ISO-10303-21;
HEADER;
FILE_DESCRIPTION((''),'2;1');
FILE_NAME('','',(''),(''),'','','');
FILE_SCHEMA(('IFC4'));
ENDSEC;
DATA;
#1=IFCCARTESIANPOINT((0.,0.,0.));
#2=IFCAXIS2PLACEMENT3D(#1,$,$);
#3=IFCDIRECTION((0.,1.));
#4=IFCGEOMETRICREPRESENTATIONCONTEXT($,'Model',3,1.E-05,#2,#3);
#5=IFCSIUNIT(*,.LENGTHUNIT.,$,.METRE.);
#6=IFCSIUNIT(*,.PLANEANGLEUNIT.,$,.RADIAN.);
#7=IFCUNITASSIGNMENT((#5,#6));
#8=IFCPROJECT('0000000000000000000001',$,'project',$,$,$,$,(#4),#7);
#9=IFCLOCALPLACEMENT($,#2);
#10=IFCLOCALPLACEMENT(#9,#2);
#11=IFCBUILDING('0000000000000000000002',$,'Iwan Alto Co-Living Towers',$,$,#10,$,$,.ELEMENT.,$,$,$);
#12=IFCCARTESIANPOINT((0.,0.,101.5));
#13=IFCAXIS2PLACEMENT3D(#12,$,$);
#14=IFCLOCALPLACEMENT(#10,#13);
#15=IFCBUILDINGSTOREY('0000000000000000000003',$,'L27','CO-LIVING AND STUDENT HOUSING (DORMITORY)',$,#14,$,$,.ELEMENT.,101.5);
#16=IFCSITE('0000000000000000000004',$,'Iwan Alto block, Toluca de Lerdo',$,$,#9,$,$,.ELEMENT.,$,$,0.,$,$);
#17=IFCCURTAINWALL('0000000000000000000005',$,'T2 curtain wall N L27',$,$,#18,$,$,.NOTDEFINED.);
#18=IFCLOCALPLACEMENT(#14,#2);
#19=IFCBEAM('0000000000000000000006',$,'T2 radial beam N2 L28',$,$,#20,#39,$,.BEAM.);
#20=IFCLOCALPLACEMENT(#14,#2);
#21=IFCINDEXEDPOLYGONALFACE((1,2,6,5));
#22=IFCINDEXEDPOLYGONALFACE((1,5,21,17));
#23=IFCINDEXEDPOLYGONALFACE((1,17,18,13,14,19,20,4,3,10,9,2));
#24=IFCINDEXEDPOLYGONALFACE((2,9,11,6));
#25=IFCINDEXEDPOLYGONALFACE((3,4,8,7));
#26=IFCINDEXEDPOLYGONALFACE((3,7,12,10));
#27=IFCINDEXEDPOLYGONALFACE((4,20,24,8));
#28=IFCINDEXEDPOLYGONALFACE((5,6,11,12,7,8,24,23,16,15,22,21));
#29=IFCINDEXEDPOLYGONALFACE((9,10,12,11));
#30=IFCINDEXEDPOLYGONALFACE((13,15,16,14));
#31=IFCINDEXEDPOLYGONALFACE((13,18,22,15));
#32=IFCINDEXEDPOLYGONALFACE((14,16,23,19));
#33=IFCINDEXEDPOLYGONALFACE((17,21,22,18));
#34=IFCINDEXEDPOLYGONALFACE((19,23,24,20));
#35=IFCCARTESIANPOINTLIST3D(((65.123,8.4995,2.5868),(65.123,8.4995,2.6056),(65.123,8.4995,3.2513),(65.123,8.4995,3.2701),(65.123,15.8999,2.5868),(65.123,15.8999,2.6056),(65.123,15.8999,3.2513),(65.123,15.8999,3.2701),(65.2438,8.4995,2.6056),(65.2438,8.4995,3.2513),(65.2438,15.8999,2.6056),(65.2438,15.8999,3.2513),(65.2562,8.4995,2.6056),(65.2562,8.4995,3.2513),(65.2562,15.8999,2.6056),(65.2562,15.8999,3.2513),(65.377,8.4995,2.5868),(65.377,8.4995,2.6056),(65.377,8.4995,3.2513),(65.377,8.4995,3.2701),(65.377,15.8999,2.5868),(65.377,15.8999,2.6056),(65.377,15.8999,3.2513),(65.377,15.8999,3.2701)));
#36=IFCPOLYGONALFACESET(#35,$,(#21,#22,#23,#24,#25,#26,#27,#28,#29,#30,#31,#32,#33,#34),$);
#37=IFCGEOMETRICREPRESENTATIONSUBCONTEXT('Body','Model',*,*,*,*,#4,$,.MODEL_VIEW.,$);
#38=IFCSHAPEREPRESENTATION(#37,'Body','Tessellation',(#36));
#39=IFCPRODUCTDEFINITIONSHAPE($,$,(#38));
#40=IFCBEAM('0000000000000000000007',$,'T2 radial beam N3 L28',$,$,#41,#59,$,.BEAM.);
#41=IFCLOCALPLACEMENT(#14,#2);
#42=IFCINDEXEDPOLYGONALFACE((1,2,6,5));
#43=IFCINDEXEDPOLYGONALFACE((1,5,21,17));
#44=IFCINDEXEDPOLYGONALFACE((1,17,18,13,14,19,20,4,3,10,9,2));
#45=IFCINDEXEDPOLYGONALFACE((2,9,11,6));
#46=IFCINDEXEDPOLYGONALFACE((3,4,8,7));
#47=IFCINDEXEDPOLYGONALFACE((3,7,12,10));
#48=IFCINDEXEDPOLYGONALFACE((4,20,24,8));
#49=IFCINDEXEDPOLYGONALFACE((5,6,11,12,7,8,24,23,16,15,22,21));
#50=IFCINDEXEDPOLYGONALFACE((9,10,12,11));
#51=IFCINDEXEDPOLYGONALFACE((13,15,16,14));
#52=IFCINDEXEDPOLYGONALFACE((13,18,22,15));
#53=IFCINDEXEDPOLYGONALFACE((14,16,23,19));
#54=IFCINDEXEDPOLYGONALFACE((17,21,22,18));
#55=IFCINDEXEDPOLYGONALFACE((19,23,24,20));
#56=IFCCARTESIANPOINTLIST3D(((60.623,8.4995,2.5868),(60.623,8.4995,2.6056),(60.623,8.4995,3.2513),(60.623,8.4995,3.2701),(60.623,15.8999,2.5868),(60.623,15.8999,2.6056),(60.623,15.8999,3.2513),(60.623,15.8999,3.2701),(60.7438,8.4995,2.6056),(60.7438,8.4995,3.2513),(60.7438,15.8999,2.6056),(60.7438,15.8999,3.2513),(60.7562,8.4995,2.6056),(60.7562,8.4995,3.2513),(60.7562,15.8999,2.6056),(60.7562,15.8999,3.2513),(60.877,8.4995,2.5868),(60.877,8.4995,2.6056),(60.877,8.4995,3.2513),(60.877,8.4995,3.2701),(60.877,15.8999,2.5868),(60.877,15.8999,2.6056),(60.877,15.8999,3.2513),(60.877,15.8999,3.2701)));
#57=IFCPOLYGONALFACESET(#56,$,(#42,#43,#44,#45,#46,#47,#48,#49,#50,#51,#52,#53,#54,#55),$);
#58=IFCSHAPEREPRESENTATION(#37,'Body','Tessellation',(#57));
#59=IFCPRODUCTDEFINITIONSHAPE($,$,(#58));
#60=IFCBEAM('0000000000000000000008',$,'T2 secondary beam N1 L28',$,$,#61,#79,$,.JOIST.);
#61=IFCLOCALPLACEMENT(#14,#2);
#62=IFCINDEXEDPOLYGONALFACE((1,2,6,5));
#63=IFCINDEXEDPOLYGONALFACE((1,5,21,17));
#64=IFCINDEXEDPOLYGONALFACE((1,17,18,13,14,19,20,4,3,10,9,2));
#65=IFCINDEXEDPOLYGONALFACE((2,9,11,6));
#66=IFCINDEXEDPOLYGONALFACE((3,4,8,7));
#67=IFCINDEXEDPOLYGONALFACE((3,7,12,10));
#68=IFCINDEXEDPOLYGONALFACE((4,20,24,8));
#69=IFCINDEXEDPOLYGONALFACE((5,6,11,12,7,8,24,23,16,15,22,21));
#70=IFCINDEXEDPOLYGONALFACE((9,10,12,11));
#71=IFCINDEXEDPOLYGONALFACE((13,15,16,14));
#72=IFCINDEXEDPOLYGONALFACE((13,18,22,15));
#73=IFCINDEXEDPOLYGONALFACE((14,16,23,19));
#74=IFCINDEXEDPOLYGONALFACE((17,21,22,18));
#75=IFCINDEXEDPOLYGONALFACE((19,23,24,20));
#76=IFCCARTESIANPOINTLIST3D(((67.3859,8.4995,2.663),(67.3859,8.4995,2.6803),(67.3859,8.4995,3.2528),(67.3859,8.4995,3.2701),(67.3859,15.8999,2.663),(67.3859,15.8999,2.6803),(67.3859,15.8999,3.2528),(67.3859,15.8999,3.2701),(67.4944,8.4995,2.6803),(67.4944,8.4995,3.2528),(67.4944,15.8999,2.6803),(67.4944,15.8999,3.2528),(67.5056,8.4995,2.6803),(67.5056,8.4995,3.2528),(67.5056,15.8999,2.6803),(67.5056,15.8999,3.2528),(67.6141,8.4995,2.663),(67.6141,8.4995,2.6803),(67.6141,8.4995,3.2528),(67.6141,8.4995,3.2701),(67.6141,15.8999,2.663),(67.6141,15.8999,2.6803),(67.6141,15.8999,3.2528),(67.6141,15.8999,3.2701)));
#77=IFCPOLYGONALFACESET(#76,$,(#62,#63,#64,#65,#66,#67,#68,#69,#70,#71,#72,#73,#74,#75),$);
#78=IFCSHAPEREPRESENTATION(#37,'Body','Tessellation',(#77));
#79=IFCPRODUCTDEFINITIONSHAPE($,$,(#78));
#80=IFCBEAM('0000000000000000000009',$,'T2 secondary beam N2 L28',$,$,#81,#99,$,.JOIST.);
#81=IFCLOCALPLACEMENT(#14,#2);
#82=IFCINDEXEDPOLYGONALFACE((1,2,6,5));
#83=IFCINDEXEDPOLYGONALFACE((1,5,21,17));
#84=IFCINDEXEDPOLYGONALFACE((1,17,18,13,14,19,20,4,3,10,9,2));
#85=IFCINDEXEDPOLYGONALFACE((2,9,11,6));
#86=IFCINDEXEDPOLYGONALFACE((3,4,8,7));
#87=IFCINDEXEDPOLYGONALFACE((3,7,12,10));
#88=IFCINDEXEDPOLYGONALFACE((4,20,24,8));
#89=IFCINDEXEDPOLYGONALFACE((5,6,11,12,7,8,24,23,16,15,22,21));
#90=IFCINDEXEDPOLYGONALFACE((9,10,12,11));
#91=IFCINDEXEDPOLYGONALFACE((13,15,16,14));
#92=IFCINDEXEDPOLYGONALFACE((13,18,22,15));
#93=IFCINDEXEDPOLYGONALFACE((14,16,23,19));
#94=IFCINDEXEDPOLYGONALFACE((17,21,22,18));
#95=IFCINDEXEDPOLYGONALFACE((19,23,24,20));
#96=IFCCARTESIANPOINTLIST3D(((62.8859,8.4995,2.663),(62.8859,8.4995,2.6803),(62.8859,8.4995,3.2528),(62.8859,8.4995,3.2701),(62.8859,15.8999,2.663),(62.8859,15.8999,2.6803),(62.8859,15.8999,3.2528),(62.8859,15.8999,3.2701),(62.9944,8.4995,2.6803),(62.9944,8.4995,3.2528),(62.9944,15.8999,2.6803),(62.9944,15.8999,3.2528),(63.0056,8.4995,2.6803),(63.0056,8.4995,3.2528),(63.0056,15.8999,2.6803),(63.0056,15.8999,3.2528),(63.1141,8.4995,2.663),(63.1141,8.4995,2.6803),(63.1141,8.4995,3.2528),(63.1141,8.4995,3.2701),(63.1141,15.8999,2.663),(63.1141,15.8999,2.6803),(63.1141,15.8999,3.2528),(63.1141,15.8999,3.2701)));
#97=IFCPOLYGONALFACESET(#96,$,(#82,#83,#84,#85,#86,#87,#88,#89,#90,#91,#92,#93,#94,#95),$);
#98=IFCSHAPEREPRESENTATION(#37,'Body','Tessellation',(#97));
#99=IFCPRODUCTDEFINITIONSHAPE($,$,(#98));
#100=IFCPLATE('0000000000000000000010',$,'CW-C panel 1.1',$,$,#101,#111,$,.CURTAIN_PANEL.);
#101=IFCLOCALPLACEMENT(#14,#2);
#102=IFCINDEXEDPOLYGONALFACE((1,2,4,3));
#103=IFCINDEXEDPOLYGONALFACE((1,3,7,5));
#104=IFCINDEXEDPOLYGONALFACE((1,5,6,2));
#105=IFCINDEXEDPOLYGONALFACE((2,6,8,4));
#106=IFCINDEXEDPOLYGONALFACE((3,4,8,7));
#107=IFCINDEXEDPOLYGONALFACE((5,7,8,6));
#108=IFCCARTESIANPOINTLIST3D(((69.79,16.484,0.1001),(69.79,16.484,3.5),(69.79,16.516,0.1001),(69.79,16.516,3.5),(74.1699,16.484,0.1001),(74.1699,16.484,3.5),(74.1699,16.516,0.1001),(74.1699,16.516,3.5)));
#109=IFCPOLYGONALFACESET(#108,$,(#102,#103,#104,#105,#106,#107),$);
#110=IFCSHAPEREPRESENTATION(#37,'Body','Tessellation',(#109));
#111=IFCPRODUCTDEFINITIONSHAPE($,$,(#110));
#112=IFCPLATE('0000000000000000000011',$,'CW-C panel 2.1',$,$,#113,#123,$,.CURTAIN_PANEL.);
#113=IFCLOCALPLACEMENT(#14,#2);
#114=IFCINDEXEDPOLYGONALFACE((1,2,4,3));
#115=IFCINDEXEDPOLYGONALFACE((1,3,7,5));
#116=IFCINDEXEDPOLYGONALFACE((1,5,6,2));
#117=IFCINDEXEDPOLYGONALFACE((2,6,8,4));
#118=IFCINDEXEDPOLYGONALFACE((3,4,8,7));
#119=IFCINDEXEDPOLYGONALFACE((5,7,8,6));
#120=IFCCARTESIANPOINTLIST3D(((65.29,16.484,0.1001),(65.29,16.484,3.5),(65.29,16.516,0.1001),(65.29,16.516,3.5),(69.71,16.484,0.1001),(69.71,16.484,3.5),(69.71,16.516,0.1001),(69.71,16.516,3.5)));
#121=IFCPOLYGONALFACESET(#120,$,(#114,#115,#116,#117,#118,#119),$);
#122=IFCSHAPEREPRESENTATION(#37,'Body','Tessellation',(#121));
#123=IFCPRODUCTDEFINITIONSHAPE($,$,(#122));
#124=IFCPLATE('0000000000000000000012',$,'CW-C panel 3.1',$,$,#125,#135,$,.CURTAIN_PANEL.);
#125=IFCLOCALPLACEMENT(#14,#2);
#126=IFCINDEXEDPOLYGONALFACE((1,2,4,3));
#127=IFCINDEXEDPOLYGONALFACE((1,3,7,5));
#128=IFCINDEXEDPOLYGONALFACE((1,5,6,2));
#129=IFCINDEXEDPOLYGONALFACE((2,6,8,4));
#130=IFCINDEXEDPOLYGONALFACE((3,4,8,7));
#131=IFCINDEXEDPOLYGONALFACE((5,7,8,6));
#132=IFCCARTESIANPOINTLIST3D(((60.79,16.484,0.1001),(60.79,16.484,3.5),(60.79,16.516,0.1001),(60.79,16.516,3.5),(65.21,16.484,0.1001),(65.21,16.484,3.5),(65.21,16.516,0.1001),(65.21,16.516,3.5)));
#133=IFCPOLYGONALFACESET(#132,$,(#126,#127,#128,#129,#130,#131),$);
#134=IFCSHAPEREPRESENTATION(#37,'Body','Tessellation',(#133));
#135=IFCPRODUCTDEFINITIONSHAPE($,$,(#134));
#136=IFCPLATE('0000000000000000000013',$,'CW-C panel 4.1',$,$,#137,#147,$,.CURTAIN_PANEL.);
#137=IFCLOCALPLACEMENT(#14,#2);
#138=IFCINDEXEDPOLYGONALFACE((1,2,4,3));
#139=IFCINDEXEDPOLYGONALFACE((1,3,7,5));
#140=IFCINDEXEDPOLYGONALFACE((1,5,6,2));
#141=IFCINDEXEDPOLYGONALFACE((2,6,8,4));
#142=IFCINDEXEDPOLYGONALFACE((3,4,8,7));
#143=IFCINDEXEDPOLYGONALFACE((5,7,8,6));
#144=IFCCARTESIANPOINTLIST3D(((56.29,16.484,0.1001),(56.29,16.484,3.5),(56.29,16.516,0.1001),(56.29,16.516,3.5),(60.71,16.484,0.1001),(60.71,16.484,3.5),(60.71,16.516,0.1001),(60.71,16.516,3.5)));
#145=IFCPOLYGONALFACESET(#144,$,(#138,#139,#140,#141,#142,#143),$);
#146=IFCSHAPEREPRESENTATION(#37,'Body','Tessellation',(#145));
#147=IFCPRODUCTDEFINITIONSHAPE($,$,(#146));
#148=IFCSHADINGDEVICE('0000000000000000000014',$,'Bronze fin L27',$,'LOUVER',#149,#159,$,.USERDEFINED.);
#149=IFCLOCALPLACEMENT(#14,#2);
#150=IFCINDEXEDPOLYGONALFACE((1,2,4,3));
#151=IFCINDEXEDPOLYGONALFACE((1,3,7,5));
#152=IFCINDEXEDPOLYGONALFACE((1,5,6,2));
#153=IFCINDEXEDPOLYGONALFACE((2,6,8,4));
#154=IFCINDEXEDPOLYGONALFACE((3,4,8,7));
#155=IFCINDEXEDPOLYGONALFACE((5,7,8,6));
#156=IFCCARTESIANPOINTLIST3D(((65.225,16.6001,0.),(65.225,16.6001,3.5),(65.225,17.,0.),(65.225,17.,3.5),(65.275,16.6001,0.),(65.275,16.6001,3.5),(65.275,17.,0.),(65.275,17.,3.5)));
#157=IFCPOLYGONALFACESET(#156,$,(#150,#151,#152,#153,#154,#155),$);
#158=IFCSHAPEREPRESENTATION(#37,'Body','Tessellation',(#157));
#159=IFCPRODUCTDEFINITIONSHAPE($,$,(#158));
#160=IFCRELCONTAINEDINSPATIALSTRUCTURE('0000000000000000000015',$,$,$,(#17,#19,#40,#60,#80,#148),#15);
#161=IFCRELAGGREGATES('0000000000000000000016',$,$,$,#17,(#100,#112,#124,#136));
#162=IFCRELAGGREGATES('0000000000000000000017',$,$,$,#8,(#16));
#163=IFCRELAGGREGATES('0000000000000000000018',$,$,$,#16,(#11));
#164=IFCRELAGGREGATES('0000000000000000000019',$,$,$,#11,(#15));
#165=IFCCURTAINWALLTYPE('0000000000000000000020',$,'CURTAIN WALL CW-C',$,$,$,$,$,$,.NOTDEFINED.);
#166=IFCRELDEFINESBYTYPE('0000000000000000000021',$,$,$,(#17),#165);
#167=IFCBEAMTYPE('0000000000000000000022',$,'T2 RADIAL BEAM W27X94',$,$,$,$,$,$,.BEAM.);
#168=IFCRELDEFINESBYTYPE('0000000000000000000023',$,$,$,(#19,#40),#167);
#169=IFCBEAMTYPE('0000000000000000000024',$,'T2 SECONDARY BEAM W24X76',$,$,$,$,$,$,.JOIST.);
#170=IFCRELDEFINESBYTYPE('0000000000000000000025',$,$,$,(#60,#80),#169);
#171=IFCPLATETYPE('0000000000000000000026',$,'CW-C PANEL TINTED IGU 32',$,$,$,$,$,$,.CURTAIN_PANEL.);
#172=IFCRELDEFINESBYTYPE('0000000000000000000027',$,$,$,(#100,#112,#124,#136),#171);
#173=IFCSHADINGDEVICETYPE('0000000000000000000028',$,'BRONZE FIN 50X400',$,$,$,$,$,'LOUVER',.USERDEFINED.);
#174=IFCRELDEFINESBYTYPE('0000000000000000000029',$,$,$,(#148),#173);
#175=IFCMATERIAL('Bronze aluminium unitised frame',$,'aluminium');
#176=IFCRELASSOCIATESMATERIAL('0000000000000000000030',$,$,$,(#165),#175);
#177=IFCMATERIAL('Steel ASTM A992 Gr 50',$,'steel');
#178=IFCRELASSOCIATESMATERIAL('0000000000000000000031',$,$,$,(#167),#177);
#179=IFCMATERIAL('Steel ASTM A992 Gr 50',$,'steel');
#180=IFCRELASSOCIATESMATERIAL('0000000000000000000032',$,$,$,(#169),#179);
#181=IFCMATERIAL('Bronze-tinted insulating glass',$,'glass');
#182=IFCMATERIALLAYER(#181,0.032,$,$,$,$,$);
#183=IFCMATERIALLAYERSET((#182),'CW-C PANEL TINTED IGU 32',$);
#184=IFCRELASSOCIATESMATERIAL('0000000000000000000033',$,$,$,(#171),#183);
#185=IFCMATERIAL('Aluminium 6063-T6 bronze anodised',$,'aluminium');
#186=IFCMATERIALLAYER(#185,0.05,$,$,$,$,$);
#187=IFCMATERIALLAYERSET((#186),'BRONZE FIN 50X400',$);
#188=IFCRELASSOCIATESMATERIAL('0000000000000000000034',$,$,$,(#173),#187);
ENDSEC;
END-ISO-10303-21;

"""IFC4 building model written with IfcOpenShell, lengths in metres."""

from ifc_helpers import new_model, si_unit, direction, frame, origin, origin_2d, place, context, subcontext, project, spatial, rectangle, i_section, extrude, material, layer, layer_set, material_profile, profile_set, type_object, element, aggregate, save


model = new_model("IFC4")

# Units and contexts
model_context = context("Model", 3, precision=1e-05, world=origin(), true_north=direction((0.0, 1.0)))
body_context = subcontext(model_context, "Body", "Model", "MODEL_VIEW")
ifc_project = project(units=[si_unit("LENGTHUNIT", "METRE"), si_unit("PLANEANGLEUNIT", "RADIAN")], contexts=[model_context])

# Site, building, storey
site_placement = place(None, origin())
site = spatial("IfcSite", under=ifc_project, at=site_placement, Name="Iwan Alto block, Toluca de Lerdo", CompositionType="ELEMENT", RefElevation=0.0)
building_placement = place(site_placement, origin())
building = spatial("IfcBuilding", under=site, at=building_placement, Name="Iwan Alto Co-Living Towers", CompositionType="ELEMENT")
storey_placement = place(building_placement, frame((0.0, 0.0, 101.5)))
storey = spatial("IfcBuildingStorey", under=building, at=storey_placement, Name="L27", Description="CO-LIVING AND STUDENT HOUSING (DORMITORY)", CompositionType="ELEMENT", Elevation=101.5)

# Curtain wall
ifc_material_1 = material(Name="Bronze aluminium unitised frame", Category="aluminium")
curtain_wall_type = type_object("IfcCurtainWallType", Name="CURTAIN WALL CW-C", PredefinedType="NOTDEFINED", material=ifc_material_1)
curtain_wall_placement = place(storey_placement, origin())
curtain_wall = element("IfcCurtainWall", 1, at=curtain_wall_placement, inside=storey, type_object=curtain_wall_type, Name="T2 curtain wall N L27", PredefinedType="NOTDEFINED")

# Beams
ifc_material_2 = material(Name="Steel ASTM A992 Gr 50", Category="steel")
ifc_material_profile_1 = material_profile(ifc_material_2, i_section(OverallWidth=0.2539, OverallDepth=0.6833, WebThickness=0.0125, FlangeThickness=0.0188, at=origin_2d()), Name="W27X94")
ifc_profile_set_1 = profile_set([ifc_material_profile_1], Name="Steel ASTM A992 Gr 50")
beam_type_1 = type_object("IfcBeamType", Name="T2 RADIAL BEAM W27X94", PredefinedType="BEAM", material=ifc_profile_set_1)
for number, where, z_axis, x_axis, name in (
    (2, (65.25, 15.8999, 2.9285), (0.0, -1.0, 0.0), (1.0, 0.0, 0.0), "T2 radial beam N2 L28"),
    (3, (60.75, 15.8999, 2.9285), (0.0, -1.0, 0.0), (1.0, 0.0, 0.0), "T2 radial beam N3 L28"),
):
    element("IfcBeam", number, at=place(storey_placement, frame(where, z_axis=z_axis, x_axis=x_axis)), inside=storey, type_object=beam_type_1, Name=name, PredefinedType="BEAM", context=body_context, shape_type="SweptSolid", body=[
        extrude(i_section(OverallWidth=0.2539, OverallDepth=0.6833, WebThickness=0.0125, FlangeThickness=0.0188, at=origin_2d()), origin(), (0.0, 0.0, 1.0), 7.4004),
    ])
ifc_material_3 = material(Name="Steel ASTM A992 Gr 50", Category="steel")
ifc_material_profile_2 = material_profile(ifc_material_3, i_section(OverallWidth=0.2283, OverallDepth=0.6072, WebThickness=0.0112, FlangeThickness=0.0173, at=origin_2d()), Name="W24X76")
ifc_profile_set_2 = profile_set([ifc_material_profile_2], Name="Steel ASTM A992 Gr 50")
beam_type_2 = type_object("IfcBeamType", Name="T2 SECONDARY BEAM W24X76", PredefinedType="JOIST", material=ifc_profile_set_2)
for number, where, z_axis, x_axis, name in (
    (4, (67.5, 15.8999, 2.9666), (0.0, -1.0, 0.0), (1.0, 0.0, 0.0), "T2 secondary beam N1 L28"),
    (5, (63.0, 15.8999, 2.9666), (0.0, -1.0, 0.0), (1.0, 0.0, 0.0), "T2 secondary beam N2 L28"),
):
    element("IfcBeam", number, at=place(storey_placement, frame(where, z_axis=z_axis, x_axis=x_axis)), inside=storey, type_object=beam_type_2, Name=name, PredefinedType="JOIST", context=body_context, shape_type="SweptSolid", body=[
        extrude(i_section(OverallWidth=0.2283, OverallDepth=0.6072, WebThickness=0.0112, FlangeThickness=0.0173, at=origin_2d()), origin(), (0.0, 0.0, 1.0), 7.4004),
    ])

# Plates
ifc_material_4 = material(Name="Bronze-tinted insulating glass", Category="glass")
ifc_layer_1 = layer(ifc_material_4, 0.032)
ifc_layer_set_1 = layer_set([ifc_layer_1], Name="CW-C PANEL TINTED IGU 32")
plate_type = type_object("IfcPlateType", Name="CW-C PANEL TINTED IGU 32", PredefinedType="CURTAIN_PANEL", material=ifc_layer_set_1)
plate_1_placement = place(storey_placement, frame((71.98, 16.5, 0.1001), z_axis=(0.0, 0.0, 1.0), x_axis=(-1.0, 0.0, 0.0)))
plate_1 = element("IfcPlate", 6, at=plate_1_placement, type_object=plate_type, Name="CW-C panel 1.1", PredefinedType="CURTAIN_PANEL", context=body_context, shape_type="SweptSolid", body=[
    extrude(rectangle(XDim=4.3799, YDim=0.032, at=origin_2d()), origin(), (0.0, 0.0, 1.0), 3.3999),
])
plate_2_placement = place(storey_placement, frame((67.5, 16.5, 0.1001), z_axis=(0.0, 0.0, 1.0), x_axis=(-1.0, 0.0, 0.0)))
plate_2 = element("IfcPlate", 7, at=plate_2_placement, type_object=plate_type, Name="CW-C panel 2.1", PredefinedType="CURTAIN_PANEL", context=body_context, shape_type="SweptSolid", body=[
    extrude(rectangle(XDim=4.4199, YDim=0.032, at=origin_2d()), origin(), (0.0, 0.0, 1.0), 3.3999),
])
plate_3_placement = place(storey_placement, frame((63.0, 16.5, 0.1001), z_axis=(0.0, 0.0, 1.0), x_axis=(-1.0, 0.0, 0.0)))
plate_3 = element("IfcPlate", 8, at=plate_3_placement, type_object=plate_type, Name="CW-C panel 3.1", PredefinedType="CURTAIN_PANEL", context=body_context, shape_type="SweptSolid", body=[
    extrude(rectangle(XDim=4.4199, YDim=0.032, at=origin_2d()), origin(), (0.0, 0.0, 1.0), 3.3999),
])
plate_4_placement = place(storey_placement, frame((58.5, 16.5, 0.1001), z_axis=(0.0, 0.0, 1.0), x_axis=(-1.0, 0.0, 0.0)))
plate_4 = element("IfcPlate", 9, at=plate_4_placement, type_object=plate_type, Name="CW-C panel 4.1", PredefinedType="CURTAIN_PANEL", context=body_context, shape_type="SweptSolid", body=[
    extrude(rectangle(XDim=4.4199, YDim=0.032, at=origin_2d()), origin(), (0.0, 0.0, 1.0), 3.3999),
])
aggregate(curtain_wall, [plate_1, plate_2, plate_3, plate_4])

# Shading device
ifc_material_5 = material(Name="Aluminium 6063-T6 bronze anodised", Category="aluminium")
ifc_layer_2 = layer(ifc_material_5, 0.05)
ifc_layer_set_2 = layer_set([ifc_layer_2], Name="BRONZE FIN 50X400")
shading_device_type = type_object("IfcShadingDeviceType", Name="BRONZE FIN 50X400", ElementType="LOUVER", PredefinedType="USERDEFINED", material=ifc_layer_set_2)
shading_device_placement = place(storey_placement, frame((65.25, 16.8, 0.0), z_axis=(0.0, 0.0, 1.0), x_axis=(-1.0, 0.0, 0.0)))
element("IfcShadingDevice", 10, at=shading_device_placement, inside=storey, type_object=shading_device_type, Name="Bronze fin L27", ObjectType="LOUVER", PredefinedType="USERDEFINED", context=body_context, shape_type="SweptSolid", body=[
    extrude(rectangle(XDim=0.05, YDim=0.3999, at=origin_2d()), origin(), (0.0, 0.0, 1.0), 3.5),
])

save(model, "model.ifc")
